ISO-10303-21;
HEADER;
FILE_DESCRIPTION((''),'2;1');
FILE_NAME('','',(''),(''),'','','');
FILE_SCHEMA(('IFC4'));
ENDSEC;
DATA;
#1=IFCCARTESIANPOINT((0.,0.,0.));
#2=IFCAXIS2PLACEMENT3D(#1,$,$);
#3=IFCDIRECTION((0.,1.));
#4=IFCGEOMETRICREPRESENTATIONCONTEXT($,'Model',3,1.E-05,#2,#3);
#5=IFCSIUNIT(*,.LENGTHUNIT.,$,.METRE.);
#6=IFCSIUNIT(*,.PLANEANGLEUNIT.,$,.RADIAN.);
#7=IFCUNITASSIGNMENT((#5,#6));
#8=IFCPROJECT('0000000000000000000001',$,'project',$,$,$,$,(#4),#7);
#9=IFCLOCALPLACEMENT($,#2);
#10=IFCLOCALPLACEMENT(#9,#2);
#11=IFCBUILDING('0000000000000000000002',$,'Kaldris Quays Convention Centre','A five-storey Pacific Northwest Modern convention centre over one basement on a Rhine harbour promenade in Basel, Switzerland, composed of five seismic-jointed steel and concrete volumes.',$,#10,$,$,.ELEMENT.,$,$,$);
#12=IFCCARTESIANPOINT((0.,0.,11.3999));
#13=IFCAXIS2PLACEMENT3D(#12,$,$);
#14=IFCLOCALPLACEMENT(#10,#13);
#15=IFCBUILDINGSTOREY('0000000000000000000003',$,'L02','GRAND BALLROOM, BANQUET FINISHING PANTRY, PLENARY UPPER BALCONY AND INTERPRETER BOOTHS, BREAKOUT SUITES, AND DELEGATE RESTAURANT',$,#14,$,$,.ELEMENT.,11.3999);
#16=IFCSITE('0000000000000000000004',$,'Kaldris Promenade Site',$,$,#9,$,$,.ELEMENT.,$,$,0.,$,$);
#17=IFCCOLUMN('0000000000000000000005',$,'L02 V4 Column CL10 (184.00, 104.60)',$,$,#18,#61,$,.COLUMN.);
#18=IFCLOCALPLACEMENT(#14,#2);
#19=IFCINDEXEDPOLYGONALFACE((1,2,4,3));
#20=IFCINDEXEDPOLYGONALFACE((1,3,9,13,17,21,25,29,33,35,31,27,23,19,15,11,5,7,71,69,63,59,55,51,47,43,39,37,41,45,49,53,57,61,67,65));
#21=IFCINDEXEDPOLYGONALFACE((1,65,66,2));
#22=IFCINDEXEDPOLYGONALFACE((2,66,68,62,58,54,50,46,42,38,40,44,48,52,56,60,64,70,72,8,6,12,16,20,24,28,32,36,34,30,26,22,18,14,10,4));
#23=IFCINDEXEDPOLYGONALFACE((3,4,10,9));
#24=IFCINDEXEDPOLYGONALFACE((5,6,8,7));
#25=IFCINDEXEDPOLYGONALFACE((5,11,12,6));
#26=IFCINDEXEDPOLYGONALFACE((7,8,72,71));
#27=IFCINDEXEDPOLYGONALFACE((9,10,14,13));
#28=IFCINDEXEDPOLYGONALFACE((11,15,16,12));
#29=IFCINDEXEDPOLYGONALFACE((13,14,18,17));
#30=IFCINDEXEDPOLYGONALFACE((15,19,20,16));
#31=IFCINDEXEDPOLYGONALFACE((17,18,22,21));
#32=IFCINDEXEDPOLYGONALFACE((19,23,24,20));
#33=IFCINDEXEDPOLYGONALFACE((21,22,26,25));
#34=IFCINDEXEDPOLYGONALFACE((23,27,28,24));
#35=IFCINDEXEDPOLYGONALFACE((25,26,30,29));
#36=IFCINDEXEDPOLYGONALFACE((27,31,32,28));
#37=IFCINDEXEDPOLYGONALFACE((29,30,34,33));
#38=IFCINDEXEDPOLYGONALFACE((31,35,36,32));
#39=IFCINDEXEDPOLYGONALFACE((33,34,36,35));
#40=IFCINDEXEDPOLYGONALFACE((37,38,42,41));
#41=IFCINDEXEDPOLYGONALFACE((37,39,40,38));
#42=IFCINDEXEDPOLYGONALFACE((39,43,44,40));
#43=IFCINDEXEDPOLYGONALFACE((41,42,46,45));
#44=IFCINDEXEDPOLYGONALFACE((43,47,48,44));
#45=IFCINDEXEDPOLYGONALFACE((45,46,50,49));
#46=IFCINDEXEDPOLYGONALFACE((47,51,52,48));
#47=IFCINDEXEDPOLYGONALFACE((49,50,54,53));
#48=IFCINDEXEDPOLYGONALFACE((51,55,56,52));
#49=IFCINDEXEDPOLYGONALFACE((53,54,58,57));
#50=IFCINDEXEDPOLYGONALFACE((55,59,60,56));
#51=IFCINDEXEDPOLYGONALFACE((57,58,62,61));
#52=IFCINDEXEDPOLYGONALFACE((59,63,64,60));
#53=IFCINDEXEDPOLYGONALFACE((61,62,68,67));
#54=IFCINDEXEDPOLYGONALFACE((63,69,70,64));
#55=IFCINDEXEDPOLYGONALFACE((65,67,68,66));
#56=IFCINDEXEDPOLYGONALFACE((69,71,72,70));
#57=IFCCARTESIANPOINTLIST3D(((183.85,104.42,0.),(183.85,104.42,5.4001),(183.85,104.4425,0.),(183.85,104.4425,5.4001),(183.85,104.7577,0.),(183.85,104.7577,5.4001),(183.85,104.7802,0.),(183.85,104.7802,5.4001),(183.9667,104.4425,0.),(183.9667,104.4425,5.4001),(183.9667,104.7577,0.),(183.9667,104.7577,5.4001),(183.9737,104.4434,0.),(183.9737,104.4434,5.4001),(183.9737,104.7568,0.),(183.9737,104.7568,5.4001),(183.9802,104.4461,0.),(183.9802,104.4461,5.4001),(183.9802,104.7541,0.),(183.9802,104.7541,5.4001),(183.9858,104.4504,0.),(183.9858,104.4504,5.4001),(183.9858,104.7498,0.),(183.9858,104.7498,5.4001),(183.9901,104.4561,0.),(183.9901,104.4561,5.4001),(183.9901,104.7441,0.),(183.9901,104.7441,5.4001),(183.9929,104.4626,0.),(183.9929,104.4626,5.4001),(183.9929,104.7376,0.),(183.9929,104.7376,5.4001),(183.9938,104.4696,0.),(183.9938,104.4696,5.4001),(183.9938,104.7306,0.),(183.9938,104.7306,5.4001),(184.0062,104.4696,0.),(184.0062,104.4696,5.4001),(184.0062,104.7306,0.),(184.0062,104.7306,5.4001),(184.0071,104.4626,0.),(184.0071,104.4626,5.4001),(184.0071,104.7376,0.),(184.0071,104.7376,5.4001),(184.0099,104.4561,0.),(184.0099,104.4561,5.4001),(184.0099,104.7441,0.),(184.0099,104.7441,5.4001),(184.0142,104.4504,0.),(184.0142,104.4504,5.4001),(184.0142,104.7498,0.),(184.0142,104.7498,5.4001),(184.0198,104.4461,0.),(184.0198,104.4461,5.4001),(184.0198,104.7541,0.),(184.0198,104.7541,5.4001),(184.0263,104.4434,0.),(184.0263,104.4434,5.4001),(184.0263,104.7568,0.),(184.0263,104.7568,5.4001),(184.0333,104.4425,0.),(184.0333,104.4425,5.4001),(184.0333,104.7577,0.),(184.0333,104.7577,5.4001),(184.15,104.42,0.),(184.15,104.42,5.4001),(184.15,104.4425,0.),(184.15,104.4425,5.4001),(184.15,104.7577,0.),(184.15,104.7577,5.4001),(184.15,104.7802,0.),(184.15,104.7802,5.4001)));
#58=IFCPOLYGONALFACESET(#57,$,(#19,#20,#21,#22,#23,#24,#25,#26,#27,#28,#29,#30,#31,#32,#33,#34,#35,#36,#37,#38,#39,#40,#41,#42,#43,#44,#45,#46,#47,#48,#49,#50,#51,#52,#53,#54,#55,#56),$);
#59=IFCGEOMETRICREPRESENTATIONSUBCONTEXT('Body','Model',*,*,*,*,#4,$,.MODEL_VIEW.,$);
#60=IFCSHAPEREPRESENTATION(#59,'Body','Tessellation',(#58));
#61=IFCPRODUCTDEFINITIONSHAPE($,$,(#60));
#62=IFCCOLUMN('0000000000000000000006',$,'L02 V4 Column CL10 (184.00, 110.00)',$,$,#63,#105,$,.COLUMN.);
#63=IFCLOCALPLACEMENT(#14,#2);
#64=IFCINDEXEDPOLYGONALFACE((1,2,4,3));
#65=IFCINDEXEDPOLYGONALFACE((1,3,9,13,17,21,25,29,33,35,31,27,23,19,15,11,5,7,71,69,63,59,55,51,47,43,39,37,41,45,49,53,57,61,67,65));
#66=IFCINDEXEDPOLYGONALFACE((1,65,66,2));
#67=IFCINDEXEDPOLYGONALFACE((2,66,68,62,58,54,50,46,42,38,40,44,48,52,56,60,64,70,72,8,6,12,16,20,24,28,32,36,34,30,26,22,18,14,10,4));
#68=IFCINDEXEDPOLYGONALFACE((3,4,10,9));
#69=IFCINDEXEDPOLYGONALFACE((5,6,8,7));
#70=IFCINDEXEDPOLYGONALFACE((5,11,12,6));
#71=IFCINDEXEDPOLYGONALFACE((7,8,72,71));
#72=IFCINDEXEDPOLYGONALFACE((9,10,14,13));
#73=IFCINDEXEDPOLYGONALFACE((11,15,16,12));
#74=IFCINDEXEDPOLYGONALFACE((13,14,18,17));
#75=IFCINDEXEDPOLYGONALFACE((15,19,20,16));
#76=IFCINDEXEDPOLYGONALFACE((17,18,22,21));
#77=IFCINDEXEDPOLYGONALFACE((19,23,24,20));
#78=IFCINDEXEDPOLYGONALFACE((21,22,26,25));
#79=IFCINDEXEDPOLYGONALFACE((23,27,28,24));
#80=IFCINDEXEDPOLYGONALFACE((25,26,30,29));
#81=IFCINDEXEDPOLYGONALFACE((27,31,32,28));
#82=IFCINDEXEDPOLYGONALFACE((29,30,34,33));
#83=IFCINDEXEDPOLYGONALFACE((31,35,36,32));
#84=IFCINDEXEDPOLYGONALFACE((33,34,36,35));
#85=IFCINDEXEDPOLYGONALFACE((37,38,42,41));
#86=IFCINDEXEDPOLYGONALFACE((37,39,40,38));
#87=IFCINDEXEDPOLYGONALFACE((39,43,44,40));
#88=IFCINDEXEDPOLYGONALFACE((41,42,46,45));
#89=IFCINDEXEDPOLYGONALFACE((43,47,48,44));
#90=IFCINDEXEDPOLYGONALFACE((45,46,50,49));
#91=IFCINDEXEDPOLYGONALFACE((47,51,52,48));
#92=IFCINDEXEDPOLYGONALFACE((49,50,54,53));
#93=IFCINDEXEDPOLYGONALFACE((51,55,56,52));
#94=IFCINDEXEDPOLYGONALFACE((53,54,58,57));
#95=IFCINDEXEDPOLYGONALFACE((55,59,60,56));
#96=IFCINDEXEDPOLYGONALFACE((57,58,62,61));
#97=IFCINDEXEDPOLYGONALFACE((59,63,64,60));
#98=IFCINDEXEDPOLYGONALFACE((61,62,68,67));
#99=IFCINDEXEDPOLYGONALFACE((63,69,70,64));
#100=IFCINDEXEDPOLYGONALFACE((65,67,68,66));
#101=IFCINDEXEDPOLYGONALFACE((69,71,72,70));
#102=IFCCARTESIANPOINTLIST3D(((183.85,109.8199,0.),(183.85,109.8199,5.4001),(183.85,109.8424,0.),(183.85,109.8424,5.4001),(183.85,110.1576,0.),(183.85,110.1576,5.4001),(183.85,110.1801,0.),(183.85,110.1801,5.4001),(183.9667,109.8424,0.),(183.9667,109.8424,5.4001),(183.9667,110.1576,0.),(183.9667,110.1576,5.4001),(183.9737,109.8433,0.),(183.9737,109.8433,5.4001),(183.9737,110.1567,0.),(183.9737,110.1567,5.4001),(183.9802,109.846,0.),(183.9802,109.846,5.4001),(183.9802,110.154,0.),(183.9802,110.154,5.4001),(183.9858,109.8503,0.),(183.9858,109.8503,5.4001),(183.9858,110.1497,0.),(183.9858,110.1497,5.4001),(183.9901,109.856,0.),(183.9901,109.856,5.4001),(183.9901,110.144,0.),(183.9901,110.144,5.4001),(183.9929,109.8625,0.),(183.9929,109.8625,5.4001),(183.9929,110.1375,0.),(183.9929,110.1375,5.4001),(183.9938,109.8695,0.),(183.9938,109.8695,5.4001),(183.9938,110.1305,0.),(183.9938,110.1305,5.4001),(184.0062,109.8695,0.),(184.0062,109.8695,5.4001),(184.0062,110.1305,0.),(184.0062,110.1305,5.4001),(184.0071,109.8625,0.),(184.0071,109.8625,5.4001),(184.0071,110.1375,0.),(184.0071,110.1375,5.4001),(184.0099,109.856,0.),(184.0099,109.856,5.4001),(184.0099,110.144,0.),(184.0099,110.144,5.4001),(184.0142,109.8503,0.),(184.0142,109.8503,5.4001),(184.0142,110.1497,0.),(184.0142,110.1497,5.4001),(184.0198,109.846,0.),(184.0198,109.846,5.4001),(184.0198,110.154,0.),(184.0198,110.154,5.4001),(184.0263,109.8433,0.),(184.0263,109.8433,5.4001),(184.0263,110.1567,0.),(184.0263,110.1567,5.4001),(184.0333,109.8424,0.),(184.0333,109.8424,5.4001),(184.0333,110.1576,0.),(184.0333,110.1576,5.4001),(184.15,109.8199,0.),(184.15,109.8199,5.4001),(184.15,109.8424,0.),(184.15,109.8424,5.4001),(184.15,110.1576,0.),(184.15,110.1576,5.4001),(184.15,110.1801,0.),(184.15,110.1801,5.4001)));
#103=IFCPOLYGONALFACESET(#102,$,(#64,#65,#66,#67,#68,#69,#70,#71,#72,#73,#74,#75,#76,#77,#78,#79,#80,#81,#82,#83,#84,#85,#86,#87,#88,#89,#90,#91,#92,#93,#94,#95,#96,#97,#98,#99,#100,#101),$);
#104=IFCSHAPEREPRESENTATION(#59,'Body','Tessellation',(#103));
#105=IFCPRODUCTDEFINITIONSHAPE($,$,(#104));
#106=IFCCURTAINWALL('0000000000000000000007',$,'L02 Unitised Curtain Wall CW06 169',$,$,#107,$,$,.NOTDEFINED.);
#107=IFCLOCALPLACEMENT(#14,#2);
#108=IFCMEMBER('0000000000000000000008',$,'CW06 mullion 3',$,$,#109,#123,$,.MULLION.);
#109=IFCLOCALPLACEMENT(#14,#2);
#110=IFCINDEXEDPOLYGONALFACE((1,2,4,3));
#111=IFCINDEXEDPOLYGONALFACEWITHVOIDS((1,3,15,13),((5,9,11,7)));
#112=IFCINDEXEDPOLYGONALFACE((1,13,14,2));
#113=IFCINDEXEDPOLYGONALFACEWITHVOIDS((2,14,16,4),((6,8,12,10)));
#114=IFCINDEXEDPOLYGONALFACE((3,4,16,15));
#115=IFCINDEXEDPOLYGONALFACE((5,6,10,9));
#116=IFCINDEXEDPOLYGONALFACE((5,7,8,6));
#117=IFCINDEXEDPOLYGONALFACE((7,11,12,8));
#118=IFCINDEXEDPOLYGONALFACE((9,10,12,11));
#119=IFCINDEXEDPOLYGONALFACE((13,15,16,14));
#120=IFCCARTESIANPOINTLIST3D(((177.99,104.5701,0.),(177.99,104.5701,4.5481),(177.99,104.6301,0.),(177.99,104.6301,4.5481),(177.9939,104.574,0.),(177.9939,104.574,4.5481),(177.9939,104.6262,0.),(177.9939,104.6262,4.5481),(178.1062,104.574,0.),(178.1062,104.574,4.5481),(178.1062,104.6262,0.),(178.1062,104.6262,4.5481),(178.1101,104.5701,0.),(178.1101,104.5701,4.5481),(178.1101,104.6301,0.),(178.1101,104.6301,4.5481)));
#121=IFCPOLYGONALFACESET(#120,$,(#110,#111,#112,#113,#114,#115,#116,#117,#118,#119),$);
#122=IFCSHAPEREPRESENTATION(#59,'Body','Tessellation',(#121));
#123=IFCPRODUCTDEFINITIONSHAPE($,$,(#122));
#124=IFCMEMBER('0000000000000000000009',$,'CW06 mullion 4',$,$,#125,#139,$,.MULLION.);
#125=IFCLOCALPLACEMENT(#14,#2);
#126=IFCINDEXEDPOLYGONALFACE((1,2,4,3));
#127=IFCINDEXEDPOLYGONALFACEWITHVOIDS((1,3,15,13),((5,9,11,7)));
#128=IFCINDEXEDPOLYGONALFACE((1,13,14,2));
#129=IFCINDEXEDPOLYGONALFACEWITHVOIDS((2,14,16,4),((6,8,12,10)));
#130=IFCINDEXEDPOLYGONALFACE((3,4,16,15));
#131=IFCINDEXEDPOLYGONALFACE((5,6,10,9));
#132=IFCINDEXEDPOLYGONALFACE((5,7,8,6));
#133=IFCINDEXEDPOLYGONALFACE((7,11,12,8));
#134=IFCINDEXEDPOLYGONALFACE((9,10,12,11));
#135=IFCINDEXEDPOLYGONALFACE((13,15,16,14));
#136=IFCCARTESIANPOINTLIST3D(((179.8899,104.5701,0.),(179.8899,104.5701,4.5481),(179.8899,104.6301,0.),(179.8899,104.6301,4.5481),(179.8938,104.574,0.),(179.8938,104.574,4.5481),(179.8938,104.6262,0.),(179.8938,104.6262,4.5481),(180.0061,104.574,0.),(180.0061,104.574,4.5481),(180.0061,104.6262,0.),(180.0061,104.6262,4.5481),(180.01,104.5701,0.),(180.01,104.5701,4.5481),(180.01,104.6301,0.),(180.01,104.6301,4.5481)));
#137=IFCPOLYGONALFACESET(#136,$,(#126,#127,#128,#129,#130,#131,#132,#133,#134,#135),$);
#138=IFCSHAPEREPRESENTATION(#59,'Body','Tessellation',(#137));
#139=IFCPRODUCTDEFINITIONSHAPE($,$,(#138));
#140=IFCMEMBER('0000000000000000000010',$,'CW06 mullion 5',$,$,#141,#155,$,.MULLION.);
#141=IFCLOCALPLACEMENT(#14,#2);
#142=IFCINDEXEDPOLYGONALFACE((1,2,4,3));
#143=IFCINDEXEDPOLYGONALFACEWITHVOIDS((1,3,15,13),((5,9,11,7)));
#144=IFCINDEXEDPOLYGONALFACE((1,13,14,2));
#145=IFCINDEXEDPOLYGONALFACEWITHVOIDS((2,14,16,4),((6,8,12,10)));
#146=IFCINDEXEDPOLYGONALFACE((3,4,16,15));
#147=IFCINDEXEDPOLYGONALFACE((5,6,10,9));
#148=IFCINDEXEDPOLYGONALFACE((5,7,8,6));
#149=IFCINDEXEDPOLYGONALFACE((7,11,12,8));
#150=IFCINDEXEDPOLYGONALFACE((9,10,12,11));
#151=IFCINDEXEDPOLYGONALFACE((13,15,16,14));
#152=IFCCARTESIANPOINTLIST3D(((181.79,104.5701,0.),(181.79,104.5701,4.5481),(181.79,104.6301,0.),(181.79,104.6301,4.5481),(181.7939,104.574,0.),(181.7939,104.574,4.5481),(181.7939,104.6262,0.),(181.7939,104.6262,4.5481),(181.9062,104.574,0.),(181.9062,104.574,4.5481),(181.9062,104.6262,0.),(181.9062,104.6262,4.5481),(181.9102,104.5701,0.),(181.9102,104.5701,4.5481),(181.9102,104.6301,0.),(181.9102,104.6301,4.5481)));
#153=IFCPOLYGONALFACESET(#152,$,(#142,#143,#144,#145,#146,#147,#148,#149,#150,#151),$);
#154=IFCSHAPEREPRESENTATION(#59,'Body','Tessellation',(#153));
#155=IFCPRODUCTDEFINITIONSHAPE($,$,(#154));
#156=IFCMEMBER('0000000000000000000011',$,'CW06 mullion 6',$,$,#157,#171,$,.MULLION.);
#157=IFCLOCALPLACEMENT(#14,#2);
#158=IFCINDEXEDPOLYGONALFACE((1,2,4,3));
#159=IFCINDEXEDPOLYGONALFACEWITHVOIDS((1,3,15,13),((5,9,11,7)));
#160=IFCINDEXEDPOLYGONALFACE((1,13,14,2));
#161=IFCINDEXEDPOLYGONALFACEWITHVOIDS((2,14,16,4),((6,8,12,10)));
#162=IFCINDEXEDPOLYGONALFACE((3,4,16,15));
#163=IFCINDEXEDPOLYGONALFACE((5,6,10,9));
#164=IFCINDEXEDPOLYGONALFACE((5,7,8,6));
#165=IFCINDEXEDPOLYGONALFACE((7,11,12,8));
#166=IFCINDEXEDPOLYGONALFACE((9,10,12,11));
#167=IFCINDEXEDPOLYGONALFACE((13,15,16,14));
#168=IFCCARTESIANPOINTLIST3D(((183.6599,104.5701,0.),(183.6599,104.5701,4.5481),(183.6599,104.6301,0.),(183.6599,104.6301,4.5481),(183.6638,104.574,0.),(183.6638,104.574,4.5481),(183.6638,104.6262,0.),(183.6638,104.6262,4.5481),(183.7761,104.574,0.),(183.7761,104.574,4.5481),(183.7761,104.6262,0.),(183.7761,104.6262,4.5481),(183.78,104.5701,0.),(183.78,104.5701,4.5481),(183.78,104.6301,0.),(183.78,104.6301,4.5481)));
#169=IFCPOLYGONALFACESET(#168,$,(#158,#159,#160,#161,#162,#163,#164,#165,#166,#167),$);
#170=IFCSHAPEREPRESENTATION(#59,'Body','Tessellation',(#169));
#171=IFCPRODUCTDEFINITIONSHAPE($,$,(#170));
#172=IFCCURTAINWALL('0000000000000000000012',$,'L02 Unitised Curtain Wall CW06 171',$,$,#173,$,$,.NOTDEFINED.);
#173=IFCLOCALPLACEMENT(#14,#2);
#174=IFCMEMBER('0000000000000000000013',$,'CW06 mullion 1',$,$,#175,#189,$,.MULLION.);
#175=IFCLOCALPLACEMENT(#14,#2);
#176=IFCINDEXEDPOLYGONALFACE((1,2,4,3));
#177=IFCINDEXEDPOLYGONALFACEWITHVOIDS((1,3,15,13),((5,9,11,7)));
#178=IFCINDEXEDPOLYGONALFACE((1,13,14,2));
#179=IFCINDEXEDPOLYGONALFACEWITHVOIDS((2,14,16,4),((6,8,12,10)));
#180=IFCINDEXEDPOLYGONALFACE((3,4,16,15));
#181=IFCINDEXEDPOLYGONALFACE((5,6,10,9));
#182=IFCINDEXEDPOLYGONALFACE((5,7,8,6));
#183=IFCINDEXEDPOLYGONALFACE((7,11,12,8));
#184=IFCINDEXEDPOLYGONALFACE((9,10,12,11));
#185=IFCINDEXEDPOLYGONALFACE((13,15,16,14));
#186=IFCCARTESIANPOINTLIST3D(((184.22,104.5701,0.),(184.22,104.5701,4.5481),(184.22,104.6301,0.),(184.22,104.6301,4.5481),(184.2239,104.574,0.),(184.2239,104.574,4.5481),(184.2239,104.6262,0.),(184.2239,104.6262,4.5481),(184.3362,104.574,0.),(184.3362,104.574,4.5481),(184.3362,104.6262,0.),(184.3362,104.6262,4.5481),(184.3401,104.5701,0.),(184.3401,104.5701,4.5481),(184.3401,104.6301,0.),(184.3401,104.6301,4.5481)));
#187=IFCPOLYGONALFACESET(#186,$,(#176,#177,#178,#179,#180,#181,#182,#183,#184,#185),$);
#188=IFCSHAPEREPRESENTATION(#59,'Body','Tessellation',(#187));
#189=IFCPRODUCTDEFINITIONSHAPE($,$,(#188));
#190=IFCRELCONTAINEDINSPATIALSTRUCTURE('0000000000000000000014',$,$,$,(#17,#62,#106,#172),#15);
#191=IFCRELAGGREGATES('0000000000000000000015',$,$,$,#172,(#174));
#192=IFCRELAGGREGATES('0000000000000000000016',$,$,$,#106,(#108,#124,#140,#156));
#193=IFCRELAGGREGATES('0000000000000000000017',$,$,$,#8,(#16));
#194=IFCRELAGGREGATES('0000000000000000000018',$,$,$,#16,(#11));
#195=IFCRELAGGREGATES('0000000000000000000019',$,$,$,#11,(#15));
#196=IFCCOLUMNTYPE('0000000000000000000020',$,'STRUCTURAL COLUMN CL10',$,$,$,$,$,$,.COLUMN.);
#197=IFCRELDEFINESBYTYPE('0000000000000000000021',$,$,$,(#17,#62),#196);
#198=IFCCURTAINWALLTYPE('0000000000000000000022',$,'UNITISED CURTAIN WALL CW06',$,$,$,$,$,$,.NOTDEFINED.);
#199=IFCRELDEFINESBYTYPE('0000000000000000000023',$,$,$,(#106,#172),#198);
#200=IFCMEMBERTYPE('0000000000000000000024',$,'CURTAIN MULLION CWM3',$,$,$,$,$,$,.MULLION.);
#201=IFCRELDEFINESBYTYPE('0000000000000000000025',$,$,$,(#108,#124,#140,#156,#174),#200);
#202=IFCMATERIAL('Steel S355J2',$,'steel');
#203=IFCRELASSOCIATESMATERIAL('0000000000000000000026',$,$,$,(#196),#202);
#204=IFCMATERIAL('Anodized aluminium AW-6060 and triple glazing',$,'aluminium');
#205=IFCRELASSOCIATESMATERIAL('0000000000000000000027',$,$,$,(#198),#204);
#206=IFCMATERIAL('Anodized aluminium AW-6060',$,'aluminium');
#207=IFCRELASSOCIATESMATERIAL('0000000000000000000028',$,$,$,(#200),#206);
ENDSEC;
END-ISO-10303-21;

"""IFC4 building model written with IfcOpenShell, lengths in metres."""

from ifc_helpers import new_model, si_unit, direction, frame, origin, origin_2d, place, context, subcontext, project, spatial, hollow_rectangle, i_section, extrude, material, material_profile, profile_set, type_object, element, aggregate, save


model = new_model("IFC4")

# Units and contexts
model_context = context("Model", 3, precision=1e-05, world=origin(), true_north=direction((0.0, 1.0)))
body_context = subcontext(model_context, "Body", "Model", "MODEL_VIEW")
ifc_project = project(units=[si_unit("LENGTHUNIT", "METRE"), si_unit("PLANEANGLEUNIT", "RADIAN")], contexts=[model_context])

# Site, building, storey
site_placement = place(None, origin())
site = spatial("IfcSite", under=ifc_project, at=site_placement, Name="Kaldris Promenade Site", CompositionType="ELEMENT", RefElevation=0.0)
building_placement = place(site_placement, origin())
building = spatial("IfcBuilding", under=site, at=building_placement, Name="Kaldris Quays Convention Centre", Description="A five-storey Pacific Northwest Modern convention centre over one basement on a Rhine harbour promenade in Basel, Switzerland, composed of five seismic-jointed steel and concrete volumes.", CompositionType="ELEMENT")
storey_placement = place(building_placement, frame((0.0, 0.0, 11.3999)))
storey = spatial("IfcBuildingStorey", under=building, at=storey_placement, Name="L02", Description="GRAND BALLROOM, BANQUET FINISHING PANTRY, PLENARY UPPER BALCONY AND INTERPRETER BOOTHS, BREAKOUT SUITES, AND DELEGATE RESTAURANT", CompositionType="ELEMENT", Elevation=11.3999)

# Columns
ifc_material_1 = material(Name="Steel S355J2", Category="steel")
ifc_material_profile_1 = material_profile(ifc_material_1, i_section(OverallWidth=0.3, OverallDepth=0.3601, WebThickness=0.0125, FlangeThickness=0.0225, FilletRadius=0.0271, at=origin_2d()), Name="HEB 360")
ifc_profile_set_1 = profile_set([ifc_material_profile_1], Name="Steel S355J2")
column_type = type_object("IfcColumnType", Name="STRUCTURAL COLUMN CL10", PredefinedType="COLUMN", material=ifc_profile_set_1)
for number, where, z_axis, x_axis, name in (
    (1, (184.0, 104.6001, 0.0), (0.0, 0.0, 1.0), (1.0, 0.0, 0.0), "L02 V4 Column CL10 (184.00, 104.60)"),
    (2, (184.0, 110.0, 0.0), (0.0, 0.0, 1.0), (1.0, 0.0, 0.0), "L02 V4 Column CL10 (184.00, 110.00)"),
):
    element("IfcColumn", number, at=place(storey_placement, frame(where, z_axis=z_axis, x_axis=x_axis)), inside=storey, type_object=column_type, Name=name, PredefinedType="COLUMN", context=body_context, shape_type="SweptSolid", body=[
        extrude(i_section(OverallWidth=0.3, OverallDepth=0.3601, WebThickness=0.0125, FlangeThickness=0.0225, FilletRadius=0.0271, at=origin_2d()), origin(), (0.0, 0.0, 1.0), 5.4001),
    ])

# Curtain wall, members
ifc_material_2 = material(Name="Anodized aluminium AW-6060 and triple glazing", Category="aluminium")
curtain_wall_type = type_object("IfcCurtainWallType", Name="UNITISED CURTAIN WALL CW06", PredefinedType="NOTDEFINED", material=ifc_material_2)
curtain_wall_1_placement = place(storey_placement, origin())
curtain_wall_1 = element("IfcCurtainWall", 3, at=curtain_wall_1_placement, inside=storey, type_object=curtain_wall_type, Name="L02 Unitised Curtain Wall CW06 169", PredefinedType="NOTDEFINED")
ifc_material_3 = material(Name="Anodized aluminium AW-6060", Category="aluminium")
ifc_material_profile_2 = material_profile(ifc_material_3, hollow_rectangle(XDim=0.0601, YDim=0.1201, WallThickness=0.0039, at=origin_2d()), Name="RHS 120x60x4")
ifc_profile_set_2 = profile_set([ifc_material_profile_2], Name="Anodized aluminium AW-6060")
member_type_1 = type_object("IfcMemberType", Name="CURTAIN MULLION CWM3", PredefinedType="MULLION", material=ifc_profile_set_2)
member_1_placement = place(storey_placement, frame((178.05, 104.6001, 0.0), z_axis=(0.0, 0.0, 1.0), x_axis=(0.0, 1.0, 0.0)))
member_1 = element("IfcMember", 4, at=member_1_placement, type_object=member_type_1, Name="CW06 mullion 3", PredefinedType="MULLION", context=body_context, shape_type="SweptSolid", body=[
    extrude(hollow_rectangle(XDim=0.0601, YDim=0.1201, WallThickness=0.0039, at=origin_2d()), origin(), (0.0, 0.0, 1.0), 4.5481),
])
member_2_placement = place(storey_placement, frame((179.95, 104.6001, 0.0), z_axis=(0.0, 0.0, 1.0), x_axis=(0.0, 1.0, 0.0)))
member_2 = element("IfcMember", 5, at=member_2_placement, type_object=member_type_1, Name="CW06 mullion 4", PredefinedType="MULLION", context=body_context, shape_type="SweptSolid", body=[
    extrude(hollow_rectangle(XDim=0.0601, YDim=0.1201, WallThickness=0.0039, at=origin_2d()), origin(), (0.0, 0.0, 1.0), 4.5481),
])
member_3_placement = place(storey_placement, frame((181.8501, 104.6001, 0.0), z_axis=(0.0, 0.0, 1.0), x_axis=(0.0, 1.0, 0.0)))
member_3 = element("IfcMember", 6, at=member_3_placement, type_object=member_type_1, Name="CW06 mullion 5", PredefinedType="MULLION", context=body_context, shape_type="SweptSolid", body=[
    extrude(hollow_rectangle(XDim=0.0601, YDim=0.1201, WallThickness=0.0039, at=origin_2d()), origin(), (0.0, 0.0, 1.0), 4.5481),
])
member_4_placement = place(storey_placement, frame((183.72, 104.6001, 0.0), z_axis=(0.0, 0.0, 1.0), x_axis=(0.0, 1.0, 0.0)))
member_4 = element("IfcMember", 7, at=member_4_placement, type_object=member_type_1, Name="CW06 mullion 6", PredefinedType="MULLION", context=body_context, shape_type="SweptSolid", body=[
    extrude(hollow_rectangle(XDim=0.0601, YDim=0.1201, WallThickness=0.0039, at=origin_2d()), origin(), (0.0, 0.0, 1.0), 4.5481),
])

# Curtain wall, member
curtain_wall_2_placement = place(storey_placement, origin())
curtain_wall_2 = element("IfcCurtainWall", 8, at=curtain_wall_2_placement, inside=storey, type_object=curtain_wall_type, Name="L02 Unitised Curtain Wall CW06 171", PredefinedType="NOTDEFINED")
member_5_placement = place(storey_placement, frame((184.28, 104.6001, 0.0), z_axis=(0.0, 0.0, 1.0), x_axis=(0.0, 1.0, 0.0)))
member_5 = element("IfcMember", 9, at=member_5_placement, type_object=member_type_1, Name="CW06 mullion 1", PredefinedType="MULLION", context=body_context, shape_type="SweptSolid", body=[
    extrude(hollow_rectangle(XDim=0.0601, YDim=0.1201, WallThickness=0.0039, at=origin_2d()), origin(), (0.0, 0.0, 1.0), 4.5481),
])

aggregate(curtain_wall_2, [member_5])

aggregate(curtain_wall_1, [member_1, member_2, member_3, member_4])

save(model, "model.ifc")
